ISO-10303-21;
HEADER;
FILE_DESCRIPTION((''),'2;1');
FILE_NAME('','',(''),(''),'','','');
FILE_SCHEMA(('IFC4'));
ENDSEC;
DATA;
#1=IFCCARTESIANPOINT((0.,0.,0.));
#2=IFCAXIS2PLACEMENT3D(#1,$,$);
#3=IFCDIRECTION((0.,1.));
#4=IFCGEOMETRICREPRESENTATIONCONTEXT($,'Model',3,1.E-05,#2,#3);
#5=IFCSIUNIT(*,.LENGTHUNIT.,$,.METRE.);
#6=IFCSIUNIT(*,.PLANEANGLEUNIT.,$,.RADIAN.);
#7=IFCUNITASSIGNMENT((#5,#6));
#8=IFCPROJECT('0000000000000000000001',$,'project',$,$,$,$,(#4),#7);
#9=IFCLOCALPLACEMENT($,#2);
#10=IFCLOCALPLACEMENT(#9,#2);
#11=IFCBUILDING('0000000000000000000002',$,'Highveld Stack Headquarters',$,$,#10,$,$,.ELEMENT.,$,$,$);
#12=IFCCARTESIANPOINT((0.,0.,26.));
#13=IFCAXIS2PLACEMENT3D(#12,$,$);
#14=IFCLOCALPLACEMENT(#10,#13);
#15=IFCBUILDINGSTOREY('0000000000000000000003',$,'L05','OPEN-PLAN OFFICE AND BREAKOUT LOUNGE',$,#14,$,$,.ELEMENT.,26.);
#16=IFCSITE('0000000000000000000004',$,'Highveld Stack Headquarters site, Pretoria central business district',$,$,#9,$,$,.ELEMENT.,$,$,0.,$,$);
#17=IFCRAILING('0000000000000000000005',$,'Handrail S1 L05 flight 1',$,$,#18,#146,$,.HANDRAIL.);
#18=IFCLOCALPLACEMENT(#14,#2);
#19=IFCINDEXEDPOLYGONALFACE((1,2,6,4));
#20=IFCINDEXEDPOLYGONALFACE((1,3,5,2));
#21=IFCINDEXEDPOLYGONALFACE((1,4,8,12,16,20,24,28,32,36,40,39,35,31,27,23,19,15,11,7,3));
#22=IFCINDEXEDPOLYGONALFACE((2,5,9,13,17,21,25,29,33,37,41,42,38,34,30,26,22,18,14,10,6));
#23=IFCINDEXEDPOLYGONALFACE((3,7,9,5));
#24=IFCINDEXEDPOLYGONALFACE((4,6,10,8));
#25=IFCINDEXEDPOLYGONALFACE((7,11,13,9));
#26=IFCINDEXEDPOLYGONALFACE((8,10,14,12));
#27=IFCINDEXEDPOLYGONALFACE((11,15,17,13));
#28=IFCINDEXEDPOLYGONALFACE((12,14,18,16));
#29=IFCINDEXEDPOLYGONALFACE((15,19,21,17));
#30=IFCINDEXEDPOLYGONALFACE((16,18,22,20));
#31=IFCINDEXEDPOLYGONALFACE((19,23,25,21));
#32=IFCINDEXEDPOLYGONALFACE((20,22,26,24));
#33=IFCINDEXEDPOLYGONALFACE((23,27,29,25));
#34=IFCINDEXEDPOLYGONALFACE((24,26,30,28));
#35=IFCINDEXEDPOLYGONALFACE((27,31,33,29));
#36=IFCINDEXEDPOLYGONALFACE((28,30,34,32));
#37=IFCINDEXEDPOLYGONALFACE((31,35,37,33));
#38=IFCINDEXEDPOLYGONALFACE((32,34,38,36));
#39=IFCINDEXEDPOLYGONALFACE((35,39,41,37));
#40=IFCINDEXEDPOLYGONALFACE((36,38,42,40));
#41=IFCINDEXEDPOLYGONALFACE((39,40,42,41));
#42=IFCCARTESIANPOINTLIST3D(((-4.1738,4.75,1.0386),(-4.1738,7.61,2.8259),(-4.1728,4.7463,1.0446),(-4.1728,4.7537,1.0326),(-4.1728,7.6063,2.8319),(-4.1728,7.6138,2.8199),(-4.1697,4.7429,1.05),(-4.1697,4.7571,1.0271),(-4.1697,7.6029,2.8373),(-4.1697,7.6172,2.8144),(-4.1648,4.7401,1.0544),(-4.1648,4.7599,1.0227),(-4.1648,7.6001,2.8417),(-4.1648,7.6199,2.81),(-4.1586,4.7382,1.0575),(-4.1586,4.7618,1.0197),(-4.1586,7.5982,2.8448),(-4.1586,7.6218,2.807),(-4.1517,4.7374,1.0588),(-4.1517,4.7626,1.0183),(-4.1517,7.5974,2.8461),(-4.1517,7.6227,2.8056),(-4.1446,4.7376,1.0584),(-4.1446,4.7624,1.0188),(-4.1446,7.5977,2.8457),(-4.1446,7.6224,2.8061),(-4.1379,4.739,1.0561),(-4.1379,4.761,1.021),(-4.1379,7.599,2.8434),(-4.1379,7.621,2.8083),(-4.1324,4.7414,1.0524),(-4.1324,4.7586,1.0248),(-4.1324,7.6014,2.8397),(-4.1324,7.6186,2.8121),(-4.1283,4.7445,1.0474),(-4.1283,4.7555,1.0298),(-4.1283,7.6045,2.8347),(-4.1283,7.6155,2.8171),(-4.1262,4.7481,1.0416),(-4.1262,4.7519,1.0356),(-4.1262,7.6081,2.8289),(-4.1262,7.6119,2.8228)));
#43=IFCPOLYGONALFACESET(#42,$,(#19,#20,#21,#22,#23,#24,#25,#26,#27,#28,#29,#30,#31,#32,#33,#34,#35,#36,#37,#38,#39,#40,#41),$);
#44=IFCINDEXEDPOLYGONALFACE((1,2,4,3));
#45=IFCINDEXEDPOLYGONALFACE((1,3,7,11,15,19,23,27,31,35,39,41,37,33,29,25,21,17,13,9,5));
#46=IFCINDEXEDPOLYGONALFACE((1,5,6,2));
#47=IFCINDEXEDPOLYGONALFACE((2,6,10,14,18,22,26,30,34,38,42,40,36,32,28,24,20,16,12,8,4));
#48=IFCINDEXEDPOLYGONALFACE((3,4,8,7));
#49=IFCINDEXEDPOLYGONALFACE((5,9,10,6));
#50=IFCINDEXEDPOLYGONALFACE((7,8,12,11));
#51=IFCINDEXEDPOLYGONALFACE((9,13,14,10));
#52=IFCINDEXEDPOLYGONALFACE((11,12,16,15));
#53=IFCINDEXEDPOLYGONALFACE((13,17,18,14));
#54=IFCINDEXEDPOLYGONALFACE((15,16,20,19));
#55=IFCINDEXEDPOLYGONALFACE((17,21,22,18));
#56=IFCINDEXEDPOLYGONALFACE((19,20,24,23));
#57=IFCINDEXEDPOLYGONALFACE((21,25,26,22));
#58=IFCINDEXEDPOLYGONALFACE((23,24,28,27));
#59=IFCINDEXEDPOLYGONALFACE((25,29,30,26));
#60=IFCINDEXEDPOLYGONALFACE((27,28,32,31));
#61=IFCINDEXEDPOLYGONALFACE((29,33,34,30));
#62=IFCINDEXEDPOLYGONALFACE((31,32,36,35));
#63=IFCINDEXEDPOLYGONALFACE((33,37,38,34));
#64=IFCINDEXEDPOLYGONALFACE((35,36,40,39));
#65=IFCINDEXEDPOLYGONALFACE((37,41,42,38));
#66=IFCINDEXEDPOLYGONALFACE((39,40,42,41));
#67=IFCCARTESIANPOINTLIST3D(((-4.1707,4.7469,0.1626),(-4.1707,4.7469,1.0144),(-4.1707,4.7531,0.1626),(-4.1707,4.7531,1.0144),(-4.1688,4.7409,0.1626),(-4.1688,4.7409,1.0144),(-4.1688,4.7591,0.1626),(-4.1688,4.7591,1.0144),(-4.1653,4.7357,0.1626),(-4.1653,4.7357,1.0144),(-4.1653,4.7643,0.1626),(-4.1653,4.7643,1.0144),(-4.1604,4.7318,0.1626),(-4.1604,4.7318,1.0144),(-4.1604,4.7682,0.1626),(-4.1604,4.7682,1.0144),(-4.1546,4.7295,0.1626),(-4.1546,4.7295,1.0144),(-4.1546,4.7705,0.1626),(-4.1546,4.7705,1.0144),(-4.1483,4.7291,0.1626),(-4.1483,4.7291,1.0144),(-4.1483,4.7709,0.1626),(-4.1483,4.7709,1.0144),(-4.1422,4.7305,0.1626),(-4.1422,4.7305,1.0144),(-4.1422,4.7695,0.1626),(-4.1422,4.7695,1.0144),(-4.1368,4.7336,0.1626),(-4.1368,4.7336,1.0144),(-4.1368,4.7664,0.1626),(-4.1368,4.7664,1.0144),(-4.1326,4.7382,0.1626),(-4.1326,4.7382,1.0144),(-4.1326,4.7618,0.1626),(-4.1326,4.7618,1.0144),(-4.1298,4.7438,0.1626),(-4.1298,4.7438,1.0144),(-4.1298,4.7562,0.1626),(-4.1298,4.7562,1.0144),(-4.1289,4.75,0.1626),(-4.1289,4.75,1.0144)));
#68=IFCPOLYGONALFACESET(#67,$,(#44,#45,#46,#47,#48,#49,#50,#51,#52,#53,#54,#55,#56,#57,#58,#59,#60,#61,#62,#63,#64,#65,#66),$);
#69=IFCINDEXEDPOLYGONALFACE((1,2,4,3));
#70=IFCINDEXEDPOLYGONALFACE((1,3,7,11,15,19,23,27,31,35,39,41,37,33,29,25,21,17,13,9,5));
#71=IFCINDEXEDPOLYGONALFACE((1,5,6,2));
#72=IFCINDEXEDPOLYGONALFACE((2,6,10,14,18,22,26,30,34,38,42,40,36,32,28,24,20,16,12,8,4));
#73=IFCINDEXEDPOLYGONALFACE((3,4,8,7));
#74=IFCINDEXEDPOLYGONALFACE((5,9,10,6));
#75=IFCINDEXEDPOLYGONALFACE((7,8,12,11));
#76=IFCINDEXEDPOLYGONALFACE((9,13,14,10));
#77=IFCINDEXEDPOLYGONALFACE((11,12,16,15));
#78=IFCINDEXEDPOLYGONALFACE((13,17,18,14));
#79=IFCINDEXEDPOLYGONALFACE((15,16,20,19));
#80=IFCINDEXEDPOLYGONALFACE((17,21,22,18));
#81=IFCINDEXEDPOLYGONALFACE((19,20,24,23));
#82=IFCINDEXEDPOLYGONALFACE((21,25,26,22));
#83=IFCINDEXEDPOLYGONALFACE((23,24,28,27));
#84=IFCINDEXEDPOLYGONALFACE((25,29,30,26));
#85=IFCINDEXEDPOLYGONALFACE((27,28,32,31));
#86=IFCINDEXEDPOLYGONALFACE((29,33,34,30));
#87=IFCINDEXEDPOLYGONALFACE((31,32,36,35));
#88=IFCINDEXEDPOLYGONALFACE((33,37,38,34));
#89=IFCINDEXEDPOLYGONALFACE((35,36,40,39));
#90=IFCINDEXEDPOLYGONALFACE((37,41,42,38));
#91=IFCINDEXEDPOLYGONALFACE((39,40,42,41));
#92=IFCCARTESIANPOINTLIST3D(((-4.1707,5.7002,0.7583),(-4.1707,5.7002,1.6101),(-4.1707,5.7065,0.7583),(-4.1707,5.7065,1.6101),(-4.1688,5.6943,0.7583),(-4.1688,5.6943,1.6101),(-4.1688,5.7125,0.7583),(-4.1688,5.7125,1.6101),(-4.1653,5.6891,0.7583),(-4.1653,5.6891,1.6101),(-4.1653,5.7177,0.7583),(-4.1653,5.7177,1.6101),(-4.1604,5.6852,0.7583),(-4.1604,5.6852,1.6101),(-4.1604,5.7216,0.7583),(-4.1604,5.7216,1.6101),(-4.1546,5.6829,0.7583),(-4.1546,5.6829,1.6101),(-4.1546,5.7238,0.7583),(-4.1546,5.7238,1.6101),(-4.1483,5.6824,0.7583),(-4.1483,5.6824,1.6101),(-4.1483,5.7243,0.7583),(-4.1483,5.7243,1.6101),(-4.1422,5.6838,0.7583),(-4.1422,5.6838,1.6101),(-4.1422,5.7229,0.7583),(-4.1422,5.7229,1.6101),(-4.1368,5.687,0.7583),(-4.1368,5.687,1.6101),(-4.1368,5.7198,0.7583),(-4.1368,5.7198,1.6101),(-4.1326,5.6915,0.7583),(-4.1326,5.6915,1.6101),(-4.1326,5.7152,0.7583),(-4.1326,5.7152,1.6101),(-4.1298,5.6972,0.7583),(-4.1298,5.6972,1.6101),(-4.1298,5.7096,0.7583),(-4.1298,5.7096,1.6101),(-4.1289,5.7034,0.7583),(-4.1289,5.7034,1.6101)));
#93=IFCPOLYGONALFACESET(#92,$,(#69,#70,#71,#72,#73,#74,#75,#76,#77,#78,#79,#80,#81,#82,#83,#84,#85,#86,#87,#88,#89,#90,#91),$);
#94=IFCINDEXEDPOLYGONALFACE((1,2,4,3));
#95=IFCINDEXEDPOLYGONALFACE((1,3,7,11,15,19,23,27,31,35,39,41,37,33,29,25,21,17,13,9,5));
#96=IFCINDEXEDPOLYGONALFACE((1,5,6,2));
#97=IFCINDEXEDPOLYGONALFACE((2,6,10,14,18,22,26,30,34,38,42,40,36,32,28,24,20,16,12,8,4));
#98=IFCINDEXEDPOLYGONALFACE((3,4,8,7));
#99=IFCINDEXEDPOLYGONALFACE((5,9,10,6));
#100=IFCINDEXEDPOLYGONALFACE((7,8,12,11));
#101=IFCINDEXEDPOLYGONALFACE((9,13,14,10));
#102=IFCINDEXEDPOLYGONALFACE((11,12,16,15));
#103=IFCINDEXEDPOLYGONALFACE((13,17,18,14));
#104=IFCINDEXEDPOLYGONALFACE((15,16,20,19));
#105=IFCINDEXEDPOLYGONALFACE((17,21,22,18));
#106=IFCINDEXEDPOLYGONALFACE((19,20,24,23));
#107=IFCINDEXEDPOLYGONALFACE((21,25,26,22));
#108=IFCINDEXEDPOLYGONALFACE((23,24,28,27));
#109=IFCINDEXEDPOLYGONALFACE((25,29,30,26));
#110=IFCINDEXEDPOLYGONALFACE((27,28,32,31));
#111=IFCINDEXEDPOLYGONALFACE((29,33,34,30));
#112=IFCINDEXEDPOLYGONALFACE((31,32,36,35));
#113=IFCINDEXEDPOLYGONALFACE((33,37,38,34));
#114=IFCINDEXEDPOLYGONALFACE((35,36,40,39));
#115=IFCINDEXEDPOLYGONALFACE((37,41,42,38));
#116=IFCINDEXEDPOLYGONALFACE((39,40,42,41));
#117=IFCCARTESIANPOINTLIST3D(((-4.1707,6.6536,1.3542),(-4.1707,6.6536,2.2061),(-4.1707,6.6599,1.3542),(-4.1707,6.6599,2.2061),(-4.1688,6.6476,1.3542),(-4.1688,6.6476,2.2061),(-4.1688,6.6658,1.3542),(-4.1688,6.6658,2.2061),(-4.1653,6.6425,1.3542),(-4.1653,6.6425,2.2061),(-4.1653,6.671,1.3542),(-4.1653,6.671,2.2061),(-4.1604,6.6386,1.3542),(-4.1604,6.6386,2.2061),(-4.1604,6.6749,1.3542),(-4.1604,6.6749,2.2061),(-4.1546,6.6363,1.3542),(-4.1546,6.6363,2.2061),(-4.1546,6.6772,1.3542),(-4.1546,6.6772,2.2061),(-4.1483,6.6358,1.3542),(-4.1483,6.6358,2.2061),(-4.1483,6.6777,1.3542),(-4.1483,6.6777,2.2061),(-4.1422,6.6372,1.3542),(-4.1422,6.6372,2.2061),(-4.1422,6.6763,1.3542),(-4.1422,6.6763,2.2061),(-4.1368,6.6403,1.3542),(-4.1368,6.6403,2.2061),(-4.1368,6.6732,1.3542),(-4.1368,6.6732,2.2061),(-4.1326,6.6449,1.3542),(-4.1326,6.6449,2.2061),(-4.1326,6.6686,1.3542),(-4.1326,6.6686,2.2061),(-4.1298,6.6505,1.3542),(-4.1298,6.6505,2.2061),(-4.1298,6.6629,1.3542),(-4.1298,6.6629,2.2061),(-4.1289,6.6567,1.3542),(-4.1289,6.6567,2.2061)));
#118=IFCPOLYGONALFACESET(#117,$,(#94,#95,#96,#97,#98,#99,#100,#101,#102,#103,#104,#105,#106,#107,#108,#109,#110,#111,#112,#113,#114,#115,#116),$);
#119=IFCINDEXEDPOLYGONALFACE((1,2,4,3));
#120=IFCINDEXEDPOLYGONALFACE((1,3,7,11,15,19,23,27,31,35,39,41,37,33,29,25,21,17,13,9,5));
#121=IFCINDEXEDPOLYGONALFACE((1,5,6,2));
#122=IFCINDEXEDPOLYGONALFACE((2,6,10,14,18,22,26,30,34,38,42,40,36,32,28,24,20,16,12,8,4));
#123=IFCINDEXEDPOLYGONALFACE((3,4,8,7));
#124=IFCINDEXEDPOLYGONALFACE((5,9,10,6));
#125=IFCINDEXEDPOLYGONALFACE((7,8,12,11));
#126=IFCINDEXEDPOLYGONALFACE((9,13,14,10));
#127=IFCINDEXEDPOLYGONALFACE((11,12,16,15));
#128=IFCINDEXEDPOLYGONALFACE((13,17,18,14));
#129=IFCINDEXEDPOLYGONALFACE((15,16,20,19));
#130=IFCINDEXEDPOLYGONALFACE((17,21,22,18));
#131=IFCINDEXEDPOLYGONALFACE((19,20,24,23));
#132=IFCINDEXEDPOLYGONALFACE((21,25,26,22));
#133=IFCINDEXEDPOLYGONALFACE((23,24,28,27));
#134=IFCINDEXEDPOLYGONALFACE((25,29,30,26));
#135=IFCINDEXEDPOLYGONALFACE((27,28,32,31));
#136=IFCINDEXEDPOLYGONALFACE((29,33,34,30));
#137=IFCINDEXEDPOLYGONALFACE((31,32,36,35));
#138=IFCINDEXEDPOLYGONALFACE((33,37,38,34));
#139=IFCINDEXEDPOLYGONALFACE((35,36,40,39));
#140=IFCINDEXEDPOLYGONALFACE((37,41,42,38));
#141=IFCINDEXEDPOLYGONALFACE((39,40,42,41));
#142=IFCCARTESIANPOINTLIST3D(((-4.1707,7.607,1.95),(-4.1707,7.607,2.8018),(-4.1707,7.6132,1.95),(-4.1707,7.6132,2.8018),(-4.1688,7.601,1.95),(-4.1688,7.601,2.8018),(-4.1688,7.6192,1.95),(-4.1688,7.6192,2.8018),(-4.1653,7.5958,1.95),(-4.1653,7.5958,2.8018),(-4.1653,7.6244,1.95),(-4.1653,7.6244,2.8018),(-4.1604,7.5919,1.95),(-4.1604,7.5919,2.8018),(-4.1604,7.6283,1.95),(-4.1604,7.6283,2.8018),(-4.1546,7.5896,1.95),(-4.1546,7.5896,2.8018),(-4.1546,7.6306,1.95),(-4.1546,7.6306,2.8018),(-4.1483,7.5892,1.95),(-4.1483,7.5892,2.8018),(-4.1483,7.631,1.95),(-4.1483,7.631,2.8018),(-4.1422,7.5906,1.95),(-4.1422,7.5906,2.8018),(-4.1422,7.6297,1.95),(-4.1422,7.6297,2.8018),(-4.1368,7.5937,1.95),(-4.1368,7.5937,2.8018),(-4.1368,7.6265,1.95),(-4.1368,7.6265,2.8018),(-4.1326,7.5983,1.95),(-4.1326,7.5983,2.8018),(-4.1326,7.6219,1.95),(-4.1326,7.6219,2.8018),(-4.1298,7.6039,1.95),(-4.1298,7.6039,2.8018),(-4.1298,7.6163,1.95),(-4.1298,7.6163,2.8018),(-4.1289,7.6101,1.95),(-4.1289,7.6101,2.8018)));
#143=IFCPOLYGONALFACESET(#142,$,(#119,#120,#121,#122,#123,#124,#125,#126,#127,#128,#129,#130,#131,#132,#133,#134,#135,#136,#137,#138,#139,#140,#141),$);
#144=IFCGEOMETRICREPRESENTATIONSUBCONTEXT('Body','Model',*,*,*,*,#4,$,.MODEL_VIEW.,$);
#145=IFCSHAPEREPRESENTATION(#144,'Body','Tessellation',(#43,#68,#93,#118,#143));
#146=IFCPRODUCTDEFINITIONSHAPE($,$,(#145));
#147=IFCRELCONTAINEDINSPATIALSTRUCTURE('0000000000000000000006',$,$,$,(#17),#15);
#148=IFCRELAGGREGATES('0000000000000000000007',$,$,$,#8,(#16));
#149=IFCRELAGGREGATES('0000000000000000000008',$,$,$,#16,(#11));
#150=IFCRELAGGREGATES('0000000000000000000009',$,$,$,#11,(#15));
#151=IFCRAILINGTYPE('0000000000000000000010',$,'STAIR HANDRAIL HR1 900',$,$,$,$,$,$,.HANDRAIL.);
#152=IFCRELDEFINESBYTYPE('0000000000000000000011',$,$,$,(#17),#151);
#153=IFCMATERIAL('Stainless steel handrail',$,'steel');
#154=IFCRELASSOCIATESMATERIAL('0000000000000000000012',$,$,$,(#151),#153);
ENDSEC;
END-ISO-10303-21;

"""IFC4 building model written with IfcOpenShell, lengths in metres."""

from ifc_helpers import new_model, si_unit, direction, frame, origin, origin_2d, place, context, subcontext, project, spatial, circle, extrude, material, type_object, element, save


model = new_model("IFC4")

# Units and contexts
model_context = context("Model", 3, precision=1e-05, world=origin(), true_north=direction((0.0, 1.0)))
body_context = subcontext(model_context, "Body", "Model", "MODEL_VIEW")
ifc_project = project(units=[si_unit("LENGTHUNIT", "METRE"), si_unit("PLANEANGLEUNIT", "RADIAN")], contexts=[model_context])

# Site, building, storey
site_placement = place(None, origin())
site = spatial("IfcSite", under=ifc_project, at=site_placement, Name="Highveld Stack Headquarters site, Pretoria central business district", CompositionType="ELEMENT", RefElevation=0.0)
building_placement = place(site_placement, origin())
building = spatial("IfcBuilding", under=site, at=building_placement, Name="Highveld Stack Headquarters", CompositionType="ELEMENT")
storey_placement = place(building_placement, frame((0.0, 0.0, 26.0)))
storey = spatial("IfcBuildingStorey", under=building, at=storey_placement, Name="L05", Description="OPEN-PLAN OFFICE AND BREAKOUT LOUNGE", CompositionType="ELEMENT", Elevation=26.0)

# Railing
ifc_material_1 = material(Name="Stainless steel handrail", Category="steel")
railing_type = type_object("IfcRailingType", Name="STAIR HANDRAIL HR1 900", PredefinedType="HANDRAIL", material=ifc_material_1)
for number, where, name in (
    (1, (-4.1499, 4.75, 0.1626), "Handrail S1 L05 flight 1"),
):
    element("IfcRailing", number, at=place(storey_placement, frame(where)), inside=storey, type_object=railing_type, Name=name, PredefinedType="HANDRAIL", context=body_context, shape_type="SweptSolid", body=[
        extrude(circle(Radius=0.0239, at=origin_2d()), frame((0.0, 0.0, 0.876), z_axis=(0.0, 0.848027, 0.529953), x_axis=(-1.0, 0.0, 0.0)), (0.0, 0.0, 1.0), 3.3726),
        extrude(circle(Radius=0.021, at=origin_2d()), origin(), (0.0, 0.0, 1.0), 0.8518),
        extrude(circle(Radius=0.021, at=origin_2d()), frame((0.0, 0.9534, 0.5957)), (0.0, 0.0, 1.0), 0.8518),
        extrude(circle(Radius=0.021, at=origin_2d()), frame((0.0, 1.9067, 1.1917)), (0.0, 0.0, 1.0), 0.8518),
        extrude(circle(Radius=0.021, at=origin_2d()), frame((0.0, 2.8601, 1.7874)), (0.0, 0.0, 1.0), 0.8518),
    ])

save(model, "model.ifc")
